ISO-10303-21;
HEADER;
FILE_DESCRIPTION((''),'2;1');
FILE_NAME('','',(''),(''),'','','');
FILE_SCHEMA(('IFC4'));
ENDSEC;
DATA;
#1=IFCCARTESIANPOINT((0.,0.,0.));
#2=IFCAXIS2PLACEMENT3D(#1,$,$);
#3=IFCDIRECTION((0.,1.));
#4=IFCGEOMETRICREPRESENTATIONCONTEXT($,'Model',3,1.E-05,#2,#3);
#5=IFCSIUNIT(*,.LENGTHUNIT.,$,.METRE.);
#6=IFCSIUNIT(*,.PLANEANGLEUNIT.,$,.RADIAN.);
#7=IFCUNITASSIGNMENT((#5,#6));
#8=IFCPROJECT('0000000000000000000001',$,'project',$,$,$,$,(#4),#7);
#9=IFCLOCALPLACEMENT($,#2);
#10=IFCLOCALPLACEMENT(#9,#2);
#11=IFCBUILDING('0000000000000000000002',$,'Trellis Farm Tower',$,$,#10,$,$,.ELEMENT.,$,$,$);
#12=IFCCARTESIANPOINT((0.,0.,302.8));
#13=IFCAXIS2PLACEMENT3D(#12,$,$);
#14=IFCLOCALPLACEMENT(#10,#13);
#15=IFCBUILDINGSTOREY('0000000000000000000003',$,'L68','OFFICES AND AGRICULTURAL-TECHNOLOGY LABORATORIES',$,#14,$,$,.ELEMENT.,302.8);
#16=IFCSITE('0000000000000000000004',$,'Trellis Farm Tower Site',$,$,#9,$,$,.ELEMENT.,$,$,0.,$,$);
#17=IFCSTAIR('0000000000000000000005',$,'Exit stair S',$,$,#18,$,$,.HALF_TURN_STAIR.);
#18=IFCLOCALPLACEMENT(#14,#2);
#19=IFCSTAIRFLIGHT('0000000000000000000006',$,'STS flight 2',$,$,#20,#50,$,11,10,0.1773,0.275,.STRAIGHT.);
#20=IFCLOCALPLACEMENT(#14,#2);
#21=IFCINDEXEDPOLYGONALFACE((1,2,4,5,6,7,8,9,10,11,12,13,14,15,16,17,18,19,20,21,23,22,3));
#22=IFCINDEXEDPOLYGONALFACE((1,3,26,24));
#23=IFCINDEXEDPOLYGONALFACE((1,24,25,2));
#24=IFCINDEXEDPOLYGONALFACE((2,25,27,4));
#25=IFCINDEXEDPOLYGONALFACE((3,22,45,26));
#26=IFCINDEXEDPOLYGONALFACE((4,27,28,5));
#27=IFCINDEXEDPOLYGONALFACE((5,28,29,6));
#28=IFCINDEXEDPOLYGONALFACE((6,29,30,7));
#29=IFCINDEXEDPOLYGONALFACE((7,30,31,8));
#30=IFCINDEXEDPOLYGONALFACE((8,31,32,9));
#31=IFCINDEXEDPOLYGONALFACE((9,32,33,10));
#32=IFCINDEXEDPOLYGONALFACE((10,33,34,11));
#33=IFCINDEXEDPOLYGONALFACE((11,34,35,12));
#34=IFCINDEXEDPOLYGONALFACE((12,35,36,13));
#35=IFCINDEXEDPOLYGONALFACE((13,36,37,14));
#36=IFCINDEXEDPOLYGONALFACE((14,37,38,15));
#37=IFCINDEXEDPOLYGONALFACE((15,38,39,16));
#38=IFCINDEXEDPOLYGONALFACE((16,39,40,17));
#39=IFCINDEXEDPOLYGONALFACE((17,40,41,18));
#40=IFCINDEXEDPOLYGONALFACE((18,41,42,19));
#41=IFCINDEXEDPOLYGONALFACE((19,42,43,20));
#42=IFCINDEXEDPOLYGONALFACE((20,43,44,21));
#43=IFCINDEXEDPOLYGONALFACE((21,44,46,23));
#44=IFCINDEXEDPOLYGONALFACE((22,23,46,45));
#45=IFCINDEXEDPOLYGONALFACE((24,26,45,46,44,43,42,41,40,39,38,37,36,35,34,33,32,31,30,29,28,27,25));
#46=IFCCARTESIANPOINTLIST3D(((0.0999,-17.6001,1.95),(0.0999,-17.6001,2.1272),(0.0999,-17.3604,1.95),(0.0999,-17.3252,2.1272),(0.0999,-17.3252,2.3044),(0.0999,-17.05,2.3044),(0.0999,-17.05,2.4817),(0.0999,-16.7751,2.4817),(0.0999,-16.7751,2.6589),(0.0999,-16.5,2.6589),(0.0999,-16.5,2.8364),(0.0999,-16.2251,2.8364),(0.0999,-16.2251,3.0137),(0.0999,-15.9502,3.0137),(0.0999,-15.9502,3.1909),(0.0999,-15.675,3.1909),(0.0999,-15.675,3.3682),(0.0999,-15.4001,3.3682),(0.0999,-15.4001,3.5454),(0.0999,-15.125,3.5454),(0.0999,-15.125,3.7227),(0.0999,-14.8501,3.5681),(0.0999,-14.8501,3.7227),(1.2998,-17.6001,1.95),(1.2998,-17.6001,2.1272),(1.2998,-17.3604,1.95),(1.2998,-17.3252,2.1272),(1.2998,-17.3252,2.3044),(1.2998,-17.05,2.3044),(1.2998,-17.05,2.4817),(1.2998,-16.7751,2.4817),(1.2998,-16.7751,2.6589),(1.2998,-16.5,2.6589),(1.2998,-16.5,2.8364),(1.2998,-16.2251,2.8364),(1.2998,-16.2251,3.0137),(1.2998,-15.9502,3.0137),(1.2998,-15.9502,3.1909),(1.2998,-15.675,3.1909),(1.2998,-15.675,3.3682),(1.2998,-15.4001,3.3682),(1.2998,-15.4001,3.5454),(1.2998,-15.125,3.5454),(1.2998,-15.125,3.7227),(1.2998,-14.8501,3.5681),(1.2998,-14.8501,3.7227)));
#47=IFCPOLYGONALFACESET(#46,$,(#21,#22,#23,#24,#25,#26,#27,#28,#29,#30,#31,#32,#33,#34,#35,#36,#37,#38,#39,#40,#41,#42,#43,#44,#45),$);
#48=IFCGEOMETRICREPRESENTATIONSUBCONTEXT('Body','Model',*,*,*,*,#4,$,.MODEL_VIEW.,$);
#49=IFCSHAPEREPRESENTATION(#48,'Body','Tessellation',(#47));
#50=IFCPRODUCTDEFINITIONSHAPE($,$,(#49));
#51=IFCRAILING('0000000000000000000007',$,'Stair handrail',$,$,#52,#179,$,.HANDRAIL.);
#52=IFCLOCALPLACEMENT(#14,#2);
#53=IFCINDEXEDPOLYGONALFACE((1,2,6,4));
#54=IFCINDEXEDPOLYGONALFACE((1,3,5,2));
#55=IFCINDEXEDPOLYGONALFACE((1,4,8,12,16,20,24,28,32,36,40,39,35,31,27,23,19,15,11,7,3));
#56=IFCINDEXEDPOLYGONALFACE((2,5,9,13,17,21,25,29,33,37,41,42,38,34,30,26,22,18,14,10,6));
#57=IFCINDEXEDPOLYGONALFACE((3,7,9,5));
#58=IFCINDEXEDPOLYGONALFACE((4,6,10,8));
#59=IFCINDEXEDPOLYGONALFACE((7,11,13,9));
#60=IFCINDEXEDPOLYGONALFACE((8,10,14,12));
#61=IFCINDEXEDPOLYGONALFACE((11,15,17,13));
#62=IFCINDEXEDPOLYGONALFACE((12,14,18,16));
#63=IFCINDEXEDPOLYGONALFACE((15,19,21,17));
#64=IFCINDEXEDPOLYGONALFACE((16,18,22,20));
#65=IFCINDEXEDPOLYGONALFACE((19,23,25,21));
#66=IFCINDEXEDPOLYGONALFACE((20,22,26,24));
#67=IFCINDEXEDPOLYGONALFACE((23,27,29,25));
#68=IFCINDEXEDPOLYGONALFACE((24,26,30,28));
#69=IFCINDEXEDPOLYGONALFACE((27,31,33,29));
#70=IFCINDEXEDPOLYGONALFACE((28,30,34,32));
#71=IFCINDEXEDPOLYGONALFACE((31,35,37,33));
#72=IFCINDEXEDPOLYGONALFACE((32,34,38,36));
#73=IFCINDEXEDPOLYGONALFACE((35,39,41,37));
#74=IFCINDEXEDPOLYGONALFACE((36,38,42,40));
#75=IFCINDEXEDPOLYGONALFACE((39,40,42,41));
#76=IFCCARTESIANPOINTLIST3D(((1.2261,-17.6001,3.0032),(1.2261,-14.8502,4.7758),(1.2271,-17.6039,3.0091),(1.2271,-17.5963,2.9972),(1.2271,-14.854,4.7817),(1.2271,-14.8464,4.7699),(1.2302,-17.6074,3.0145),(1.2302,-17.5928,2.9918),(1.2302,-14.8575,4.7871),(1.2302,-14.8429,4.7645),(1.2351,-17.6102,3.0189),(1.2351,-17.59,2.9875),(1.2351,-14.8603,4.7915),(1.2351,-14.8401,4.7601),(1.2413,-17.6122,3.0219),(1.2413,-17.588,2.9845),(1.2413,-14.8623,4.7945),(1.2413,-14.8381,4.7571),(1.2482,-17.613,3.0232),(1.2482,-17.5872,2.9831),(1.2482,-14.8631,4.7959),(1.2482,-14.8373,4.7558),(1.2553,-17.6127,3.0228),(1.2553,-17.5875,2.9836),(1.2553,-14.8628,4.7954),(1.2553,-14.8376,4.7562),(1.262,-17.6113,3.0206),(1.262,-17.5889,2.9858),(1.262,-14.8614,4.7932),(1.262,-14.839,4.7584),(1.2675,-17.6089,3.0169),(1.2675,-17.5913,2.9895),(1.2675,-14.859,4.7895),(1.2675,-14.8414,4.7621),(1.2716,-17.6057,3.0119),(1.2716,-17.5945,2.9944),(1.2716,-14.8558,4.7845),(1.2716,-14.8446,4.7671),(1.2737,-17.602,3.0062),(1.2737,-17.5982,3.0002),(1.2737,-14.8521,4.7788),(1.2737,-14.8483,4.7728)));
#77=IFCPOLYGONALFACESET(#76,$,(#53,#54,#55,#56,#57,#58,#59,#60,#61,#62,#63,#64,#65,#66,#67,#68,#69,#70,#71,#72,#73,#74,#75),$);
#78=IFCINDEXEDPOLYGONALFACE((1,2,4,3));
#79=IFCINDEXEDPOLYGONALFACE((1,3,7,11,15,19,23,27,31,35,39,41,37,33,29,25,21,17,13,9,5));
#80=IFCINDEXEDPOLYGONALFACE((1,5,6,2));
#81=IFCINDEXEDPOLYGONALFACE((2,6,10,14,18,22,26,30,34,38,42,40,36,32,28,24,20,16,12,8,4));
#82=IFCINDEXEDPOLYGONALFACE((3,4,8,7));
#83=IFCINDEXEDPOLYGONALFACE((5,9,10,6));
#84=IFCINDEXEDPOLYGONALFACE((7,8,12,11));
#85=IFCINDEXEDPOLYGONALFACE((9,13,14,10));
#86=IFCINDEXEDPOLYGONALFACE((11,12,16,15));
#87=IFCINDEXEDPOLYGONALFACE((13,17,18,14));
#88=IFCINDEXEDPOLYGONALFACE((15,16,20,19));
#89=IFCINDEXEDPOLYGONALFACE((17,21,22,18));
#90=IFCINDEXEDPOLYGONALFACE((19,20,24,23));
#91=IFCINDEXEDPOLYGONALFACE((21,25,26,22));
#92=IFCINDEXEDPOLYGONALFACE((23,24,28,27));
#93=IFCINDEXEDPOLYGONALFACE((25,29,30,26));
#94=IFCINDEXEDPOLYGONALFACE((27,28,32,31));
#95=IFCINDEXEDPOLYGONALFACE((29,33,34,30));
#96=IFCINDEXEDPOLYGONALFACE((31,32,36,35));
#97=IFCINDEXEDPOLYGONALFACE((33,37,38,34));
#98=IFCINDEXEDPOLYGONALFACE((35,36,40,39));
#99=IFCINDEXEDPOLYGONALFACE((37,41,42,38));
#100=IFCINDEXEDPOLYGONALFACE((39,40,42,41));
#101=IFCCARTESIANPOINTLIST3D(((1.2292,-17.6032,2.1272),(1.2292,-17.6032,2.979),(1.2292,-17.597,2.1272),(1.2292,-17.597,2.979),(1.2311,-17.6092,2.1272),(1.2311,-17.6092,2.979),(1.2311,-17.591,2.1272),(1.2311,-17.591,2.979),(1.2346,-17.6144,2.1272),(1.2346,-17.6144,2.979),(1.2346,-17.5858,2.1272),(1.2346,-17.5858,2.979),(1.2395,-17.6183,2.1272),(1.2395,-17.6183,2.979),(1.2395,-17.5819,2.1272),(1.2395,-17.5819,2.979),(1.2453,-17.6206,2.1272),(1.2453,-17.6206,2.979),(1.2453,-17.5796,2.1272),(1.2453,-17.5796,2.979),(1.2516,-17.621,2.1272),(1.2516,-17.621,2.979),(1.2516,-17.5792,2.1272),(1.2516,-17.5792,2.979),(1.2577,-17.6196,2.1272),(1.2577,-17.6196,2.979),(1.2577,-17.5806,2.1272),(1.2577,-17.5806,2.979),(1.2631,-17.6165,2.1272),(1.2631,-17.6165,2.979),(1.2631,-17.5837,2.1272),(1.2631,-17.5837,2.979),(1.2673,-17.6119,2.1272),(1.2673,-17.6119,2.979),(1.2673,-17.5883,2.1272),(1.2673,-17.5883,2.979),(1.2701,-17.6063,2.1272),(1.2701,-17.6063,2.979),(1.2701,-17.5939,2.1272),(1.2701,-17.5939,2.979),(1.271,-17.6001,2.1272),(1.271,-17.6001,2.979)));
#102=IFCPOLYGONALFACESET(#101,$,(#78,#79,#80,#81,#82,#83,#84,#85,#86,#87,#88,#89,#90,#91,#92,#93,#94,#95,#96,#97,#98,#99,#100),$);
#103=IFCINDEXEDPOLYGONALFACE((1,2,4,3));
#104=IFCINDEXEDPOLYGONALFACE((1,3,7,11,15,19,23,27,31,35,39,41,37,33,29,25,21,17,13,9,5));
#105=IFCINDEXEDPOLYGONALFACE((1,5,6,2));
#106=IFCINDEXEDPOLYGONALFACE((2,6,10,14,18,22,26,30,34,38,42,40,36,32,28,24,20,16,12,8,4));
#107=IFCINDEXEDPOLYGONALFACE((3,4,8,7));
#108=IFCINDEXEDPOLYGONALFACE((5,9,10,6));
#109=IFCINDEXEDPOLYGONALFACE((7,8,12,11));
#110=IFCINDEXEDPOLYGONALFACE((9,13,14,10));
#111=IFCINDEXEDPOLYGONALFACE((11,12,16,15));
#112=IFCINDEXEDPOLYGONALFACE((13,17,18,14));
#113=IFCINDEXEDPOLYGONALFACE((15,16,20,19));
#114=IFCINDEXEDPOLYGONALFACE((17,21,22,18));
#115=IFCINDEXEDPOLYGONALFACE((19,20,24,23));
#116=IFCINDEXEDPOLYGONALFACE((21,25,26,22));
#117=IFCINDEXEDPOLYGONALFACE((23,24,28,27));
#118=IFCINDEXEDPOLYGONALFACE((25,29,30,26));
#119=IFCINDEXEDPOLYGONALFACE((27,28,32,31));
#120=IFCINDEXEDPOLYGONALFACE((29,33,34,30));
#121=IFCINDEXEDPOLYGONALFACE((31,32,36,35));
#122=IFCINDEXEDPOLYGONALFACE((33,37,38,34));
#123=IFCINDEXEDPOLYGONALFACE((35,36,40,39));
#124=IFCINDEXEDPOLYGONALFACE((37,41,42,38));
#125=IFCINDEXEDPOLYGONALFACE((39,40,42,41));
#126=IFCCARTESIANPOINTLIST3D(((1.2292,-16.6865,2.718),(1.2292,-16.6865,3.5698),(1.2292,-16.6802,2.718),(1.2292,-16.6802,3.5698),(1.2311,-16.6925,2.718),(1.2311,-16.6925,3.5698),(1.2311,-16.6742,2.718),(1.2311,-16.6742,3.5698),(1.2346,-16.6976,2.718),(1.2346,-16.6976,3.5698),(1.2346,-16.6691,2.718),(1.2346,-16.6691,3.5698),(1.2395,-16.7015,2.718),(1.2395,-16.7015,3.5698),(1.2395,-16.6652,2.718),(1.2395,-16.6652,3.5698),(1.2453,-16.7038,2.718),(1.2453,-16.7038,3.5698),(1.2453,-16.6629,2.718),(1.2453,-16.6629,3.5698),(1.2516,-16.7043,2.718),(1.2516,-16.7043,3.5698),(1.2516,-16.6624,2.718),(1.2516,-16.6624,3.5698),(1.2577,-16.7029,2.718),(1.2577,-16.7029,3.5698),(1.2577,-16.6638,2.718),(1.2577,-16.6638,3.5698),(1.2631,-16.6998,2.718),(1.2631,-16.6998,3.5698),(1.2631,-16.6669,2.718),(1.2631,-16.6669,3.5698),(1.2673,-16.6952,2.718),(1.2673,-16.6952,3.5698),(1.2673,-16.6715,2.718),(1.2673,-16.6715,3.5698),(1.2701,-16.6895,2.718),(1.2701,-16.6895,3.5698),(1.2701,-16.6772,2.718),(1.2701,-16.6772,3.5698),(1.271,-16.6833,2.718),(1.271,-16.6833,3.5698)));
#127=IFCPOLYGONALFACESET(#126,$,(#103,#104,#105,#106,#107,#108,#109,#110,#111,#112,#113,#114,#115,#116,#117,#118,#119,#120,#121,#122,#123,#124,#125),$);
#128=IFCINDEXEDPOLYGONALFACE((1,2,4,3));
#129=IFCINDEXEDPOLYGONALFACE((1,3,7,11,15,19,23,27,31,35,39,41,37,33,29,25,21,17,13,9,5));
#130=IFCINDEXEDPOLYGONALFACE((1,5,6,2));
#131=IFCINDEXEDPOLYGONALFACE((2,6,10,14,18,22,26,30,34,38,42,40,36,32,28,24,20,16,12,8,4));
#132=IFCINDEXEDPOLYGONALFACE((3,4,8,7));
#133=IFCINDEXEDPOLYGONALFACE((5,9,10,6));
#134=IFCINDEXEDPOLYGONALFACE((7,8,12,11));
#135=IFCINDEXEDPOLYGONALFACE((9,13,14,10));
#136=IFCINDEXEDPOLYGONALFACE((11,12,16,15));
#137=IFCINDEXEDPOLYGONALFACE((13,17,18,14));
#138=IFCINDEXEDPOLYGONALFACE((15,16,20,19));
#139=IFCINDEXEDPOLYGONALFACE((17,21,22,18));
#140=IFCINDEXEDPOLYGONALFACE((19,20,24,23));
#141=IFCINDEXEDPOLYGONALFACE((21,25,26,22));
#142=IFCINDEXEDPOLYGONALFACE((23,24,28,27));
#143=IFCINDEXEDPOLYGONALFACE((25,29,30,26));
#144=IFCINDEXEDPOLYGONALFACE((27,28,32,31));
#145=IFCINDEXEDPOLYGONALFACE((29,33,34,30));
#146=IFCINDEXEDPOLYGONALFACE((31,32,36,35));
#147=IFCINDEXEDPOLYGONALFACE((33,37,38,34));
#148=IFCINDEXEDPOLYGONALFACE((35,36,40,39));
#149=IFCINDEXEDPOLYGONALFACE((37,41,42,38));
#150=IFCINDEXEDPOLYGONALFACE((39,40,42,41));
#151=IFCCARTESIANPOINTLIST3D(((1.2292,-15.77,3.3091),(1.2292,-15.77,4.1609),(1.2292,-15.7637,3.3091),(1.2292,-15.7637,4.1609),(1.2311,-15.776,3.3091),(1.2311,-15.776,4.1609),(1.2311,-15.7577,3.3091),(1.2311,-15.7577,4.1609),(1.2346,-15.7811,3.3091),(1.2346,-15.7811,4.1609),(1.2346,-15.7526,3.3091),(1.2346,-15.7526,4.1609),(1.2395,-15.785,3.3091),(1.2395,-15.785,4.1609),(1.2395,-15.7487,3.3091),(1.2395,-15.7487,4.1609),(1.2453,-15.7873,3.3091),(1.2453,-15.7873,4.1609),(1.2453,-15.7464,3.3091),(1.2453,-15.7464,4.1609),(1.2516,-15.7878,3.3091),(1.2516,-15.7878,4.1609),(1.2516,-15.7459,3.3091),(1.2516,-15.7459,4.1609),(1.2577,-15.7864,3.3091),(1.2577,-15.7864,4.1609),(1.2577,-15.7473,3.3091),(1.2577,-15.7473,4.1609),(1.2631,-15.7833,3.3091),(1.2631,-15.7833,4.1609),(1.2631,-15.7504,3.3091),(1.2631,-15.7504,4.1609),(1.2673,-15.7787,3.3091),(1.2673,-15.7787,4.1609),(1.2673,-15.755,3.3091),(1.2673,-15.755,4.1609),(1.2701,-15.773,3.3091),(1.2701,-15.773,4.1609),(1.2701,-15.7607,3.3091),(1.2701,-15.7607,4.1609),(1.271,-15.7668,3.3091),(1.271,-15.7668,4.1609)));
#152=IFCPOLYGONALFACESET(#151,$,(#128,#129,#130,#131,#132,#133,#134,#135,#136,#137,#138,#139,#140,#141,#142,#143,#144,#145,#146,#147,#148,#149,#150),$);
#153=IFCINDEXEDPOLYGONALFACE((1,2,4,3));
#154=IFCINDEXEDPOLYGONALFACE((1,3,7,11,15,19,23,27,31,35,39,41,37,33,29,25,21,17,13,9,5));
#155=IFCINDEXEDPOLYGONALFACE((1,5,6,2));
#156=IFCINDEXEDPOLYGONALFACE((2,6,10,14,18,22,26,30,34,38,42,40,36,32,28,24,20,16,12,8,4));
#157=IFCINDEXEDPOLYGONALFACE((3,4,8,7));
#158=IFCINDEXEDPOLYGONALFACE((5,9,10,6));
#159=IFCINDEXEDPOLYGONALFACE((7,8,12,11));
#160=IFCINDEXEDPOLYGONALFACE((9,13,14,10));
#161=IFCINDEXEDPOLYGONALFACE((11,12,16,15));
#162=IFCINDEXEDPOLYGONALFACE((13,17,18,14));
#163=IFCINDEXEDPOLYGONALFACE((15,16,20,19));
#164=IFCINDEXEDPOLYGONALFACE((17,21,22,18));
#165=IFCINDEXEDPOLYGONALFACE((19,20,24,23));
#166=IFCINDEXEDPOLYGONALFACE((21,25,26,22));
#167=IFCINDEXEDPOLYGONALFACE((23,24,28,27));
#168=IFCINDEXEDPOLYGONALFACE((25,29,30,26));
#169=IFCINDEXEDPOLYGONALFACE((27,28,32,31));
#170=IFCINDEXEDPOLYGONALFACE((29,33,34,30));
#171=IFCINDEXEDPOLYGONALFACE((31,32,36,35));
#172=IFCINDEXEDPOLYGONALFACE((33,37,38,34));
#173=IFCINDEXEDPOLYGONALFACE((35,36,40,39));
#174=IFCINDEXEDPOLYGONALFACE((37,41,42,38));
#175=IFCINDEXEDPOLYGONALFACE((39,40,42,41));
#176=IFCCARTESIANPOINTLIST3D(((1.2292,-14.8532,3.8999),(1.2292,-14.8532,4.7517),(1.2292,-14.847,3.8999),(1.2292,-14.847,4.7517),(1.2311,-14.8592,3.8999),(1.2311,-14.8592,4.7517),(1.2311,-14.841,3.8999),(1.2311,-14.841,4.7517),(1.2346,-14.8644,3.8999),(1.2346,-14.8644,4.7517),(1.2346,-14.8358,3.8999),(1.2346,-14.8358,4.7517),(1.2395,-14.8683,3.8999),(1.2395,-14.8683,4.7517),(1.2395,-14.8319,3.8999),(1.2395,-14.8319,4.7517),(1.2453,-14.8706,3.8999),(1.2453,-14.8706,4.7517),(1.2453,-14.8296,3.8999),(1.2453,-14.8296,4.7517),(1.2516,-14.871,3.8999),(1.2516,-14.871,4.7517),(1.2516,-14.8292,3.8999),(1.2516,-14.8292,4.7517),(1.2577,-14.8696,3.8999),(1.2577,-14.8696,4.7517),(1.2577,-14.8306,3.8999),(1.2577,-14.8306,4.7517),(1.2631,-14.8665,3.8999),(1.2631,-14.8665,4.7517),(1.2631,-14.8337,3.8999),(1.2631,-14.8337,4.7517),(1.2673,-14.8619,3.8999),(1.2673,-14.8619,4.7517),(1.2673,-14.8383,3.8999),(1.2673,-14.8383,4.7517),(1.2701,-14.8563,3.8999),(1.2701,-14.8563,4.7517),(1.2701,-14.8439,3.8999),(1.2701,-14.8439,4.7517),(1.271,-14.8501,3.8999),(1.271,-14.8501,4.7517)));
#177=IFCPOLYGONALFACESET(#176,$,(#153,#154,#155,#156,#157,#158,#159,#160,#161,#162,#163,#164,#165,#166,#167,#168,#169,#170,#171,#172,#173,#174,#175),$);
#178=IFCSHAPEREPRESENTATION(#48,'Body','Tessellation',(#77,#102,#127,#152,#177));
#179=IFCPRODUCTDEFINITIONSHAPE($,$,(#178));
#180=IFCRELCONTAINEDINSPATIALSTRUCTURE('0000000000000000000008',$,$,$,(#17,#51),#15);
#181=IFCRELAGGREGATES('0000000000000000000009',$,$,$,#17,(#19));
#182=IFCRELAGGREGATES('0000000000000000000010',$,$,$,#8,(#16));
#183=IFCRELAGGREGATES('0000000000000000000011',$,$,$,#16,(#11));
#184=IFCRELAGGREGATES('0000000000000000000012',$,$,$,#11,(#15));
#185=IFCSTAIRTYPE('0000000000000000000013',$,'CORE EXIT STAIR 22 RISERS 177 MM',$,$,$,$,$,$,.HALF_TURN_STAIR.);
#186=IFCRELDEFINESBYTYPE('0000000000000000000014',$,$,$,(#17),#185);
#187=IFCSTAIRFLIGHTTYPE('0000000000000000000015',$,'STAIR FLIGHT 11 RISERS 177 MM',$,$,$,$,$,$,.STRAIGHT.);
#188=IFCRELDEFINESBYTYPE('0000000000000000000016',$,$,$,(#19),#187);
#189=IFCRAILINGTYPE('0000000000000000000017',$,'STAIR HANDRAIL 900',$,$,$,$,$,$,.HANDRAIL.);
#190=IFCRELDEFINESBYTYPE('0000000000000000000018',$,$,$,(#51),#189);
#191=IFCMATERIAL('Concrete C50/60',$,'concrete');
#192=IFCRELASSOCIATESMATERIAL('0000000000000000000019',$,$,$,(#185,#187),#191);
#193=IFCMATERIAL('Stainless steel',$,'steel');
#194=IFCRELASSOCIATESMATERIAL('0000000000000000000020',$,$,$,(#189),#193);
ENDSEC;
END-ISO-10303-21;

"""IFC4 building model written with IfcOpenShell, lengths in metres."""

from ifc_helpers import new_model, si_unit, direction, frame, origin, origin_2d, place, context, subcontext, project, spatial, polyline, circle, outline, extrude, source, transform, mapped, material, type_object, element, aggregate, save


model = new_model("IFC4")

# Units and contexts
model_context = context("Model", 3, precision=1e-05, world=origin(), true_north=direction((0.0, 1.0)))
body_context = subcontext(model_context, "Body", "Model", "MODEL_VIEW")
ifc_project = project(units=[si_unit("LENGTHUNIT", "METRE"), si_unit("PLANEANGLEUNIT", "RADIAN")], contexts=[model_context])

# Site, building, storey
site_placement = place(None, origin())
site = spatial("IfcSite", under=ifc_project, at=site_placement, Name="Trellis Farm Tower Site", CompositionType="ELEMENT", RefElevation=0.0)
building_placement = place(site_placement, origin())
building = spatial("IfcBuilding", under=site, at=building_placement, Name="Trellis Farm Tower", CompositionType="ELEMENT")
storey_placement = place(building_placement, frame((0.0, 0.0, 302.8)))
storey = spatial("IfcBuildingStorey", under=building, at=storey_placement, Name="L68", Description="OFFICES AND AGRICULTURAL-TECHNOLOGY LABORATORIES", CompositionType="ELEMENT", Elevation=302.8)

# Shared definitions
placement_1 = place(storey_placement, origin())

# Shared definitions
ifc_material_1 = material(Name="Concrete C50/60", Category="concrete")

# Stair, stair flight
stair_type = type_object("IfcStairType", Name="CORE EXIT STAIR 22 RISERS 177 MM", PredefinedType="HALF_TURN_STAIR", material=ifc_material_1)
stair = element("IfcStair", 1, at=placement_1, inside=storey, type_object=stair_type, Name="Exit stair S", PredefinedType="HALF_TURN_STAIR")
stair_flight_type = type_object("IfcStairFlightType", Name="STAIR FLIGHT 11 RISERS 177 MM", PredefinedType="STRAIGHT", material=ifc_material_1)
shared_shape_1 = source(origin(), body_context, "Body", "SweptSolid", [
    extrude(outline(polyline([(0.0, 0.0), (0.0, 0.1772), (0.2749, 0.1772), (0.2749, 0.3545), (0.55, 0.3545), (0.55, 0.5317), (0.825, 0.5317), (0.825, 0.709), (1.1001, 0.709), (1.1001, 0.8865), (1.375, 0.8865), (1.375, 1.0637), (1.6499, 1.0637), (1.6499, 1.241), (1.925, 1.241), (1.925, 1.4182), (2.2, 1.4182), (2.2, 1.5955), (2.4751, 1.5955), (2.4751, 1.7727), (2.75, 1.7727), (2.75, 1.95), (2.75, 1.6182), (0.2397, 0.0), (0.0, 0.0)])), frame((0.0, 0.6001, 0.0), z_axis=(0.0, -1.0, 0.0), x_axis=(1.0, 0.0, 0.0)), (0.0, 0.0, 1.0), 1.2),
])
stair_flight_placement = place(storey_placement, frame((0.7, -17.6001, 1.95), z_axis=(0.0, 0.0, 1.0), x_axis=(0.0, 1.0, 0.0)))
stair_flight = element("IfcStairFlight", 2, at=stair_flight_placement, type_object=stair_flight_type, Name="STS flight 2", NumberOfRisers=11, NumberOfTreads=10, PredefinedType="STRAIGHT", RiserHeight=0.1773, TreadLength=0.275, context=body_context, shape_type="MappedRepresentation", body=[
    mapped(shared_shape_1, transform((0.0, 0.0, 0.0))),
])
aggregate(stair, [stair_flight])

# Railing
ifc_material_2 = material(Name="Stainless steel", Category="steel")
railing_type = type_object("IfcRailingType", Name="STAIR HANDRAIL 900", PredefinedType="HANDRAIL", material=ifc_material_2)
shared_shape_2 = source(origin(), body_context, "Body", "SweptSolid", [
    extrude(circle(Radius=0.0239, at=origin_2d()), frame((0.0, 0.0, 0.876), z_axis=(0.0, 0.840504, 0.541806), x_axis=(-1.0, 0.0, 0.0)), (0.0, 0.0, 1.0), 3.2717),
    extrude(circle(Radius=0.021, at=origin_2d()), origin(), (0.0, 0.0, 1.0), 0.8518),
    extrude(circle(Radius=0.021, at=origin_2d()), frame((0.0, 0.9167, 0.5908)), (0.0, 0.0, 1.0), 0.8518),
    extrude(circle(Radius=0.021, at=origin_2d()), frame((0.0, 1.8333, 1.1819)), (0.0, 0.0, 1.0), 0.8518),
    extrude(circle(Radius=0.021, at=origin_2d()), frame((0.0, 2.75, 1.7727)), (0.0, 0.0, 1.0), 0.8518),
])
railing_placement = place(storey_placement, frame((1.25, -17.6001, 2.1272)))
element("IfcRailing", 3, at=railing_placement, inside=storey, type_object=railing_type, Name="Stair handrail", PredefinedType="HANDRAIL", context=body_context, shape_type="MappedRepresentation", body=[
    mapped(shared_shape_2, transform((0.0, 0.0, 0.0))),
])

save(model, "model.ifc")
